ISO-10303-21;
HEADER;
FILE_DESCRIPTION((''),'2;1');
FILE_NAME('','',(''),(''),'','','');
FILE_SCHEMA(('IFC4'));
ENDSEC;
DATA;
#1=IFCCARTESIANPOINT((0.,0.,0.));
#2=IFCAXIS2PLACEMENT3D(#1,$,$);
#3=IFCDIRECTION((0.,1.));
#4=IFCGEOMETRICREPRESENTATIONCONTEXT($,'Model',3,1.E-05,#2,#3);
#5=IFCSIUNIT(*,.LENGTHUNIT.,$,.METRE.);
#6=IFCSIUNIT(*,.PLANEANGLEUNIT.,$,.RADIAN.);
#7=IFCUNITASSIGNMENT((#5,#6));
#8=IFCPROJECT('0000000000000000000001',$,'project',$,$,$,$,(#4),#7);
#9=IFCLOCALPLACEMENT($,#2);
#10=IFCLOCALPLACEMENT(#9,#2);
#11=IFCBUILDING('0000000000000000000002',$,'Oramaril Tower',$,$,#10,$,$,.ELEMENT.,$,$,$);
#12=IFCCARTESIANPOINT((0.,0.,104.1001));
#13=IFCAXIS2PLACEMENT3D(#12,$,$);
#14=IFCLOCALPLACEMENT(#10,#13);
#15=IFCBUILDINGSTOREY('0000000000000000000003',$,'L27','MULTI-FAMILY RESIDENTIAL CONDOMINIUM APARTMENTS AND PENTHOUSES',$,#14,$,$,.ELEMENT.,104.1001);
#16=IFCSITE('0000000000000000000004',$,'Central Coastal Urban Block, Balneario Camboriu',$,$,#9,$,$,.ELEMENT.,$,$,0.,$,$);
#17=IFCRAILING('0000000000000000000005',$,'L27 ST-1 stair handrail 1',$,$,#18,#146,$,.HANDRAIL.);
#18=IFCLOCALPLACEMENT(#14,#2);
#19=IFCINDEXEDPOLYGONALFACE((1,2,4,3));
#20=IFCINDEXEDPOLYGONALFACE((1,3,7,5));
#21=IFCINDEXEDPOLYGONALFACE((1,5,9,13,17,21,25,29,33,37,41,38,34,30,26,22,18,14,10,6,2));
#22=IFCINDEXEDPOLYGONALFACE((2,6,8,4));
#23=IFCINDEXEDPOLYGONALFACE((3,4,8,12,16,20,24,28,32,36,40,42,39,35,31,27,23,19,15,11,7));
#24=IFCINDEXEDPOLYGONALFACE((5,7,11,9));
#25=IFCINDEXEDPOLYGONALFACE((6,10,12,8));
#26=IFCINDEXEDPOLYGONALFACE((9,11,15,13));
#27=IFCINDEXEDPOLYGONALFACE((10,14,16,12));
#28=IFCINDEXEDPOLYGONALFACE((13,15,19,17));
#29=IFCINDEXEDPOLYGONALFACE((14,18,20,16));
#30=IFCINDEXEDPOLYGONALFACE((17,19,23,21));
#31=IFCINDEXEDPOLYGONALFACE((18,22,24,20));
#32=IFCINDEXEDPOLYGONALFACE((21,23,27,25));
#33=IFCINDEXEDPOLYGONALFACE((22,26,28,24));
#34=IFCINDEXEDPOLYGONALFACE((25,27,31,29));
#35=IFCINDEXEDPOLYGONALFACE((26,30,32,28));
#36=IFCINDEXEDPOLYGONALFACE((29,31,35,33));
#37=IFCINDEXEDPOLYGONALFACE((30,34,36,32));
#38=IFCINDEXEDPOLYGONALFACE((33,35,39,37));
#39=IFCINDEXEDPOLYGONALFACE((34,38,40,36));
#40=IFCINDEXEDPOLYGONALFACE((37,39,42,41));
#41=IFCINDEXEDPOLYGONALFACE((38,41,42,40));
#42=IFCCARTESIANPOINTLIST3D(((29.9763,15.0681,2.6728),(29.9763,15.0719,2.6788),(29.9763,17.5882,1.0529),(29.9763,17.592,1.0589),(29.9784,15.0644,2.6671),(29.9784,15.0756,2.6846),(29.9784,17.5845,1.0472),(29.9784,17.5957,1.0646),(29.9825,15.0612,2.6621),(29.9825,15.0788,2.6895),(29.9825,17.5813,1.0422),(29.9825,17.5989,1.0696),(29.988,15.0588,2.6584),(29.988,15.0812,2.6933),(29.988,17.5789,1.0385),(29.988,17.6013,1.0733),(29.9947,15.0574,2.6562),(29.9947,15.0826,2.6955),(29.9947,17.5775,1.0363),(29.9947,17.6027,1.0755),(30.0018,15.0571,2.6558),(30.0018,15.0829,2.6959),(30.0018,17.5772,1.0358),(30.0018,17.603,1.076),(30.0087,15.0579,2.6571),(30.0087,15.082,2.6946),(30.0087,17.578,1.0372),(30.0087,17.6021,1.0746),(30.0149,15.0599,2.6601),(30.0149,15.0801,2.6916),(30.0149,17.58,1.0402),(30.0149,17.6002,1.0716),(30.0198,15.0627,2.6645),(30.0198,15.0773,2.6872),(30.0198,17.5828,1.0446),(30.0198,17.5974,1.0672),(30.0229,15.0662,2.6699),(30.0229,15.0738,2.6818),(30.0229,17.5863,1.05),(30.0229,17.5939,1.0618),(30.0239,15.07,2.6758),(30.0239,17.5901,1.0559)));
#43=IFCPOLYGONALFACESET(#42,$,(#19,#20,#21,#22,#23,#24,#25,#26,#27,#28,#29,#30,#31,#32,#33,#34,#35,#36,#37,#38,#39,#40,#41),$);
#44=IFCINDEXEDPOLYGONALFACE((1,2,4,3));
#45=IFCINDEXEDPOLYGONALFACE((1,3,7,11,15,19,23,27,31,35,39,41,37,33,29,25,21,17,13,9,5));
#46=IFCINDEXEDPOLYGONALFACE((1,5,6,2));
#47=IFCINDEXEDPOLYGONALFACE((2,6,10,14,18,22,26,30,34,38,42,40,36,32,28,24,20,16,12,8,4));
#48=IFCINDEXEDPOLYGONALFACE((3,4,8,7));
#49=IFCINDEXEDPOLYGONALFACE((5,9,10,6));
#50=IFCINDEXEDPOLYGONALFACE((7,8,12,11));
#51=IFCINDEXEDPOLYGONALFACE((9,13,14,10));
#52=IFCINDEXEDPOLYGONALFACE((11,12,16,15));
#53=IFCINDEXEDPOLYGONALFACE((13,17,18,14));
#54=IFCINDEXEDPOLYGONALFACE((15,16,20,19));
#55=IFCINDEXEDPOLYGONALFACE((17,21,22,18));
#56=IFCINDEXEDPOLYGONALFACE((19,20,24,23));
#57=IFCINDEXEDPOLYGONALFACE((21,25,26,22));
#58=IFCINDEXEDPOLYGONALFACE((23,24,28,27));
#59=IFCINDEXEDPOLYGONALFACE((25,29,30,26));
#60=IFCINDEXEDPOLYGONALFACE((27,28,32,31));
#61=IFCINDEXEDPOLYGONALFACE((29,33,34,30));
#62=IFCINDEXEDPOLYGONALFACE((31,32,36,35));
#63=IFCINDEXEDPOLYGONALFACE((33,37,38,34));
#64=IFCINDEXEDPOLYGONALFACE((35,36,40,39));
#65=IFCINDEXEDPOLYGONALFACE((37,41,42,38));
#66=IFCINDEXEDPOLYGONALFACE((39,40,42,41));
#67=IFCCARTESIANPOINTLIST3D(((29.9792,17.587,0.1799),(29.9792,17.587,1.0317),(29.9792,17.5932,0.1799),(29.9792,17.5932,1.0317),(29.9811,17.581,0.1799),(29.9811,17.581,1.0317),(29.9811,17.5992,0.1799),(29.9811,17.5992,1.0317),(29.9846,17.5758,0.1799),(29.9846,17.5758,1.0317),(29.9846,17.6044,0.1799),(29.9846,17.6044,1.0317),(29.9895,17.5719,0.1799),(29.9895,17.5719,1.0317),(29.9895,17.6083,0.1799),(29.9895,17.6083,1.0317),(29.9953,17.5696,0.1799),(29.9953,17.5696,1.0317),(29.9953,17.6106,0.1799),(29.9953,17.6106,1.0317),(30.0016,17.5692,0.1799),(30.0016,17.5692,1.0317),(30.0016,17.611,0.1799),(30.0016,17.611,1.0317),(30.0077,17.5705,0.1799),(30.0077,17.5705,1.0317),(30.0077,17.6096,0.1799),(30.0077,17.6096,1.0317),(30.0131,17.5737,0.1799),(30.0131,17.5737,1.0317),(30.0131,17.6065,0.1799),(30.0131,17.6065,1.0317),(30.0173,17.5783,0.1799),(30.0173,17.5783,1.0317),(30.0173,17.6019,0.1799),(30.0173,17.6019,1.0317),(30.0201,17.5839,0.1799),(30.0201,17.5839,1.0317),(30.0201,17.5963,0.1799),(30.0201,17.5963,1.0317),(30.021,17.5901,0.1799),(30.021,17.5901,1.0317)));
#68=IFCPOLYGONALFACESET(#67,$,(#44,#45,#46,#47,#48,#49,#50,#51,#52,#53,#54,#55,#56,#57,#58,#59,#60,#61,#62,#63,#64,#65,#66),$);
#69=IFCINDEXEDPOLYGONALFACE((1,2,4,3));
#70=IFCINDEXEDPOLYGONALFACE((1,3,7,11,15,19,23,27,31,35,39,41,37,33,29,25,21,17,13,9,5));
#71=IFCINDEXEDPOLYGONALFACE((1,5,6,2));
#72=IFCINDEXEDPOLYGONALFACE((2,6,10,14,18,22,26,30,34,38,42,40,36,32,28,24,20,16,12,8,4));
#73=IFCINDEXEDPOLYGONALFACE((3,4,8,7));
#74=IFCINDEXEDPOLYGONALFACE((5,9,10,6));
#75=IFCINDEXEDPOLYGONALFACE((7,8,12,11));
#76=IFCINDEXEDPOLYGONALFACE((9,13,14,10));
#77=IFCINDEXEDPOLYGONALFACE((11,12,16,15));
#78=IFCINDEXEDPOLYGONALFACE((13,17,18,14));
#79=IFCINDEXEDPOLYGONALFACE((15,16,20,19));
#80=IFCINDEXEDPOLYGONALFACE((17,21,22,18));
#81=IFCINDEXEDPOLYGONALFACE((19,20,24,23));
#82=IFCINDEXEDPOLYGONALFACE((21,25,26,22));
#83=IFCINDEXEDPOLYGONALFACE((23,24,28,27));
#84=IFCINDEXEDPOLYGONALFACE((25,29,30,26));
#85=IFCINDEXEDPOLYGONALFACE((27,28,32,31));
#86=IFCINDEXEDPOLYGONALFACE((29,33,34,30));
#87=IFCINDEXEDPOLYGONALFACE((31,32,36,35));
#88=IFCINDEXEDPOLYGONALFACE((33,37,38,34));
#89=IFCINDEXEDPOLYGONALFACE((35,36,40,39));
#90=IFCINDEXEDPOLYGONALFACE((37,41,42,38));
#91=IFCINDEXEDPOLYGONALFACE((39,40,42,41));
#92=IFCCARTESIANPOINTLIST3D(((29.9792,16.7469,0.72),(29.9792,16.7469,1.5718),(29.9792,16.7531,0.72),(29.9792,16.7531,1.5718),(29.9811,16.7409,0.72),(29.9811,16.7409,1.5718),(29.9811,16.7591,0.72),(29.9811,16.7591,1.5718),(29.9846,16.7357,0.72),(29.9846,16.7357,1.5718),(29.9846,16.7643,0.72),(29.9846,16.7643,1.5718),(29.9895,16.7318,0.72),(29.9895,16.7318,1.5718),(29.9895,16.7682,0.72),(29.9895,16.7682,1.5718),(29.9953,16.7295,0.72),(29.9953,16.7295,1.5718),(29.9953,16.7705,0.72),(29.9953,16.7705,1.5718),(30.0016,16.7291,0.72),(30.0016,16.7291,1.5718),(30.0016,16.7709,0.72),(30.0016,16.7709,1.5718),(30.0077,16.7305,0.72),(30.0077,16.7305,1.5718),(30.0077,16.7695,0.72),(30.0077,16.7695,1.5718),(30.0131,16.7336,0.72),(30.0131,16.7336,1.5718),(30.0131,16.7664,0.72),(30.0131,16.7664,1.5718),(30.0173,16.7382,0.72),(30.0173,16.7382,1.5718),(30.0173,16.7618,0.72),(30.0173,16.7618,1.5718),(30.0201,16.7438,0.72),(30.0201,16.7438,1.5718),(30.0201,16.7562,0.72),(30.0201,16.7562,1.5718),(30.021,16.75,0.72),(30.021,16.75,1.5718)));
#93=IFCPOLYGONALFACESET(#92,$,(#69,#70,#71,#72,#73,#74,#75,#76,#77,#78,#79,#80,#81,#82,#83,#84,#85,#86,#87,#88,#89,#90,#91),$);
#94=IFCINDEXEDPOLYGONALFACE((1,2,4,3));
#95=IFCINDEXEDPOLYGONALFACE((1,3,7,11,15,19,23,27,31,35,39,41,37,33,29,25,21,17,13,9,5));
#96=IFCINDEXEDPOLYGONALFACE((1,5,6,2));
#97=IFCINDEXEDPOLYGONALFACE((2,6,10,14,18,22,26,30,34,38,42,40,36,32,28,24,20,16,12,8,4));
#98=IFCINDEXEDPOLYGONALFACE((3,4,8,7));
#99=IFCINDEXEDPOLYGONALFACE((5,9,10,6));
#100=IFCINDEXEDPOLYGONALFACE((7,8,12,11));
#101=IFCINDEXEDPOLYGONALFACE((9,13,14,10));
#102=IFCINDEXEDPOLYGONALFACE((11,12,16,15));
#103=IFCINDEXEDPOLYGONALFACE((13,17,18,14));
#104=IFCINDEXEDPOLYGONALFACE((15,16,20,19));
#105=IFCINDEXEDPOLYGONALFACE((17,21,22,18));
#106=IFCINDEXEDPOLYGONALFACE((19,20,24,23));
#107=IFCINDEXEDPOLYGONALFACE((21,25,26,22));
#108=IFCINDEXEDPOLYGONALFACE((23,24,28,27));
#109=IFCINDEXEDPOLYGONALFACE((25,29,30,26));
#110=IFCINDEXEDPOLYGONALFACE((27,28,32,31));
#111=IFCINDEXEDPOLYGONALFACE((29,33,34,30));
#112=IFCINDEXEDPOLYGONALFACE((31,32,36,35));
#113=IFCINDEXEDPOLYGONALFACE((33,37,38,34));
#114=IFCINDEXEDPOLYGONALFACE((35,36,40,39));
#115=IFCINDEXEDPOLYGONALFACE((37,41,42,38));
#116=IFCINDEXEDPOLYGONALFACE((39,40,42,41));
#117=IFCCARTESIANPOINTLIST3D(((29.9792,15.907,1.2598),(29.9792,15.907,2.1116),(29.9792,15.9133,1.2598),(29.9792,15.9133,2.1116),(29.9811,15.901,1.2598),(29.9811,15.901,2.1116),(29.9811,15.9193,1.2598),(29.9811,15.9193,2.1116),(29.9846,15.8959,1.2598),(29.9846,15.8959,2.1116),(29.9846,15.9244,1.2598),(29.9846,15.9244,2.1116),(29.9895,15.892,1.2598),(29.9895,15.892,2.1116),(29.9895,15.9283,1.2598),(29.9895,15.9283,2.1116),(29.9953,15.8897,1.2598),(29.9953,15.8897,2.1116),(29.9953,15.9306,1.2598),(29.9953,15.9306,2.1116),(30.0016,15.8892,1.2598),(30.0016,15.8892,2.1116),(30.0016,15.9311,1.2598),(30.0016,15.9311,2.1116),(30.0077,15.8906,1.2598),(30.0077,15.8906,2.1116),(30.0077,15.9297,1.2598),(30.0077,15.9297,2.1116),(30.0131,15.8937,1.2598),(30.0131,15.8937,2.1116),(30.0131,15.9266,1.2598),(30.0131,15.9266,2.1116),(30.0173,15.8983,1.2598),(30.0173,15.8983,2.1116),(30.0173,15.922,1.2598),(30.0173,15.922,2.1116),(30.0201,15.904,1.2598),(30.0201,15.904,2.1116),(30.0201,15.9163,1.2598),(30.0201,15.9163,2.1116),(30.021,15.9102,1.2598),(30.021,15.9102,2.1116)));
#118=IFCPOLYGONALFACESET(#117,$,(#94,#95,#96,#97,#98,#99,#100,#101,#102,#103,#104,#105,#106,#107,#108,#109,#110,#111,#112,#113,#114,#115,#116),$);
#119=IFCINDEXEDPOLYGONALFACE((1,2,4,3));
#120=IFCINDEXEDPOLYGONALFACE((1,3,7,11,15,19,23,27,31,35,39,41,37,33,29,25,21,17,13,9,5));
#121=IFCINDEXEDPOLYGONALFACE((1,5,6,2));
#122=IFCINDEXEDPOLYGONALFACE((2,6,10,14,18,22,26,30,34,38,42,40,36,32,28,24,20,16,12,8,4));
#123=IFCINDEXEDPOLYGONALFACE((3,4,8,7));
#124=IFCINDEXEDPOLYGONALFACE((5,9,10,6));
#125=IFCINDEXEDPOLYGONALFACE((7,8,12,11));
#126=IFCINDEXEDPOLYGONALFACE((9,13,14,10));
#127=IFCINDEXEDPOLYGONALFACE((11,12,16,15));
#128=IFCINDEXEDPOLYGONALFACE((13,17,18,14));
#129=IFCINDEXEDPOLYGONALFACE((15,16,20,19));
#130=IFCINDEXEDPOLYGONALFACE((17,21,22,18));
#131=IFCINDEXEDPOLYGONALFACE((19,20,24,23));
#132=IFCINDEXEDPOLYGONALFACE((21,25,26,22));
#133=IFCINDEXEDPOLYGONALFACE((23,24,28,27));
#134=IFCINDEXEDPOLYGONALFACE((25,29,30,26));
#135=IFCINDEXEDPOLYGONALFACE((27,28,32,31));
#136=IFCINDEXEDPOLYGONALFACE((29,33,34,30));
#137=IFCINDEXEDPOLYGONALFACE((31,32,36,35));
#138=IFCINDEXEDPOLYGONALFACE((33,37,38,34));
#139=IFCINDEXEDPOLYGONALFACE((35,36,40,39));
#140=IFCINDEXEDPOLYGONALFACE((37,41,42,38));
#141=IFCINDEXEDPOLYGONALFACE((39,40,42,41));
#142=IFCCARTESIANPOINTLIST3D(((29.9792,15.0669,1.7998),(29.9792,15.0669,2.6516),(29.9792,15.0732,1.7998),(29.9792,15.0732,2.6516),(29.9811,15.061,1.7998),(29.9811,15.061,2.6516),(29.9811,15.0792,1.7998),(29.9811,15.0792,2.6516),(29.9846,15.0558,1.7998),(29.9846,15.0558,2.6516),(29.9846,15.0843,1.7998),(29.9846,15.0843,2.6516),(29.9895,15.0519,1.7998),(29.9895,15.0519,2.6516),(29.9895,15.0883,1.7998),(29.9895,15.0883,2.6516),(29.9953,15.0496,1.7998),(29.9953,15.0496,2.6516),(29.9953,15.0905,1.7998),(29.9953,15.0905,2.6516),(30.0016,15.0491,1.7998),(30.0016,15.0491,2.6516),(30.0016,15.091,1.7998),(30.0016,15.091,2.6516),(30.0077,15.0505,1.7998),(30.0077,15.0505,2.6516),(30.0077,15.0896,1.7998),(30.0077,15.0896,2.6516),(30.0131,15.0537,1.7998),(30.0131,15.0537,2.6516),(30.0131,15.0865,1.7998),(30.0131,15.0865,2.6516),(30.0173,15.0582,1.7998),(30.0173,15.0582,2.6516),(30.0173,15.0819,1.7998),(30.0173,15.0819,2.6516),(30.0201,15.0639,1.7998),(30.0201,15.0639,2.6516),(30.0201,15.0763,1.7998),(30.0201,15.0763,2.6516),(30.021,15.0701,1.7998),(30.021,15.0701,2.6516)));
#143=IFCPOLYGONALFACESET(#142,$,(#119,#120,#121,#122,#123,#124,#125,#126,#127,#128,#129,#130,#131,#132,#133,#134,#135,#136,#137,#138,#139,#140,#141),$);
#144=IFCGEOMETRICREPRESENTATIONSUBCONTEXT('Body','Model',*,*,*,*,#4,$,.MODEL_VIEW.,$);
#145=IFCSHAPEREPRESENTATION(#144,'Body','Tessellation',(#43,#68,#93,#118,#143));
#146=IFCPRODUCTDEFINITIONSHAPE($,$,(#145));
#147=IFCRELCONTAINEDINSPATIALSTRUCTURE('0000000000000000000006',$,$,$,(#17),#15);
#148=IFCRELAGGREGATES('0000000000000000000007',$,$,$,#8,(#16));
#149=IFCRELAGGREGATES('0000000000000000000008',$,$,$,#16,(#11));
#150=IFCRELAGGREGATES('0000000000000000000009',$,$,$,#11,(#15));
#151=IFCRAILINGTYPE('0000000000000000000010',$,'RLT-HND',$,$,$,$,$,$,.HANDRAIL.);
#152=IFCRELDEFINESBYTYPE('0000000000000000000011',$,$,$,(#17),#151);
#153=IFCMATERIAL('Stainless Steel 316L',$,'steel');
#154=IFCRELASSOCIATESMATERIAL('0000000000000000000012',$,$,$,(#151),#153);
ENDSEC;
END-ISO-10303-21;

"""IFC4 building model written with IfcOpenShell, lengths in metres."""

from ifc_helpers import new_model, si_unit, direction, frame, origin, origin_2d, place, context, subcontext, project, spatial, circle, extrude, material, type_object, element, save


model = new_model("IFC4")

# Units and contexts
model_context = context("Model", 3, precision=1e-05, world=origin(), true_north=direction((0.0, 1.0)))
body_context = subcontext(model_context, "Body", "Model", "MODEL_VIEW")
ifc_project = project(units=[si_unit("LENGTHUNIT", "METRE"), si_unit("PLANEANGLEUNIT", "RADIAN")], contexts=[model_context])

# Site, building, storey
site_placement = place(None, origin())
site = spatial("IfcSite", under=ifc_project, at=site_placement, Name="Central Coastal Urban Block, Balneario Camboriu", CompositionType="ELEMENT", RefElevation=0.0)
building_placement = place(site_placement, origin())
building = spatial("IfcBuilding", under=site, at=building_placement, Name="Oramaril Tower", CompositionType="ELEMENT")
storey_placement = place(building_placement, frame((0.0, 0.0, 104.1001)))
storey = spatial("IfcBuildingStorey", under=building, at=storey_placement, Name="L27", Description="MULTI-FAMILY RESIDENTIAL CONDOMINIUM APARTMENTS AND PENTHOUSES", CompositionType="ELEMENT", Elevation=104.1001)

# Railing
ifc_material_1 = material(Name="Stainless Steel 316L", Category="steel")
railing_type_1 = type_object("IfcRailingType", Name="RLT-HND", PredefinedType="HANDRAIL", material=ifc_material_1)
railing_1_placement = place(storey_placement, frame((30.0, 17.5901, 0.1799)))
element("IfcRailing", 1, at=railing_1_placement, inside=storey, type_object=railing_type_1, Name="L27 ST-1 stair handrail 1", PredefinedType="HANDRAIL", context=body_context, shape_type="SweptSolid", body=[
    extrude(circle(Radius=0.0239, at=origin_2d()), frame((0.0, 0.0, 0.876), z_axis=(0.0, -0.8412, 0.540725), x_axis=(1.0, 0.0, 0.0)), (0.0, 0.0, 1.0), 2.9958),
    extrude(circle(Radius=0.021, at=origin_2d()), origin(), (0.0, 0.0, 1.0), 0.8518),
    extrude(circle(Radius=0.021, at=origin_2d()), frame((0.0, -0.8401, 0.54)), (0.0, 0.0, 1.0), 0.8518),
    extrude(circle(Radius=0.021, at=origin_2d()), frame((0.0, -1.6799, 1.0798)), (0.0, 0.0, 1.0), 0.8518),
    extrude(circle(Radius=0.021, at=origin_2d()), frame((0.0, -2.52, 1.6199)), (0.0, 0.0, 1.0), 0.8518),
])

save(model, "model.ifc")
